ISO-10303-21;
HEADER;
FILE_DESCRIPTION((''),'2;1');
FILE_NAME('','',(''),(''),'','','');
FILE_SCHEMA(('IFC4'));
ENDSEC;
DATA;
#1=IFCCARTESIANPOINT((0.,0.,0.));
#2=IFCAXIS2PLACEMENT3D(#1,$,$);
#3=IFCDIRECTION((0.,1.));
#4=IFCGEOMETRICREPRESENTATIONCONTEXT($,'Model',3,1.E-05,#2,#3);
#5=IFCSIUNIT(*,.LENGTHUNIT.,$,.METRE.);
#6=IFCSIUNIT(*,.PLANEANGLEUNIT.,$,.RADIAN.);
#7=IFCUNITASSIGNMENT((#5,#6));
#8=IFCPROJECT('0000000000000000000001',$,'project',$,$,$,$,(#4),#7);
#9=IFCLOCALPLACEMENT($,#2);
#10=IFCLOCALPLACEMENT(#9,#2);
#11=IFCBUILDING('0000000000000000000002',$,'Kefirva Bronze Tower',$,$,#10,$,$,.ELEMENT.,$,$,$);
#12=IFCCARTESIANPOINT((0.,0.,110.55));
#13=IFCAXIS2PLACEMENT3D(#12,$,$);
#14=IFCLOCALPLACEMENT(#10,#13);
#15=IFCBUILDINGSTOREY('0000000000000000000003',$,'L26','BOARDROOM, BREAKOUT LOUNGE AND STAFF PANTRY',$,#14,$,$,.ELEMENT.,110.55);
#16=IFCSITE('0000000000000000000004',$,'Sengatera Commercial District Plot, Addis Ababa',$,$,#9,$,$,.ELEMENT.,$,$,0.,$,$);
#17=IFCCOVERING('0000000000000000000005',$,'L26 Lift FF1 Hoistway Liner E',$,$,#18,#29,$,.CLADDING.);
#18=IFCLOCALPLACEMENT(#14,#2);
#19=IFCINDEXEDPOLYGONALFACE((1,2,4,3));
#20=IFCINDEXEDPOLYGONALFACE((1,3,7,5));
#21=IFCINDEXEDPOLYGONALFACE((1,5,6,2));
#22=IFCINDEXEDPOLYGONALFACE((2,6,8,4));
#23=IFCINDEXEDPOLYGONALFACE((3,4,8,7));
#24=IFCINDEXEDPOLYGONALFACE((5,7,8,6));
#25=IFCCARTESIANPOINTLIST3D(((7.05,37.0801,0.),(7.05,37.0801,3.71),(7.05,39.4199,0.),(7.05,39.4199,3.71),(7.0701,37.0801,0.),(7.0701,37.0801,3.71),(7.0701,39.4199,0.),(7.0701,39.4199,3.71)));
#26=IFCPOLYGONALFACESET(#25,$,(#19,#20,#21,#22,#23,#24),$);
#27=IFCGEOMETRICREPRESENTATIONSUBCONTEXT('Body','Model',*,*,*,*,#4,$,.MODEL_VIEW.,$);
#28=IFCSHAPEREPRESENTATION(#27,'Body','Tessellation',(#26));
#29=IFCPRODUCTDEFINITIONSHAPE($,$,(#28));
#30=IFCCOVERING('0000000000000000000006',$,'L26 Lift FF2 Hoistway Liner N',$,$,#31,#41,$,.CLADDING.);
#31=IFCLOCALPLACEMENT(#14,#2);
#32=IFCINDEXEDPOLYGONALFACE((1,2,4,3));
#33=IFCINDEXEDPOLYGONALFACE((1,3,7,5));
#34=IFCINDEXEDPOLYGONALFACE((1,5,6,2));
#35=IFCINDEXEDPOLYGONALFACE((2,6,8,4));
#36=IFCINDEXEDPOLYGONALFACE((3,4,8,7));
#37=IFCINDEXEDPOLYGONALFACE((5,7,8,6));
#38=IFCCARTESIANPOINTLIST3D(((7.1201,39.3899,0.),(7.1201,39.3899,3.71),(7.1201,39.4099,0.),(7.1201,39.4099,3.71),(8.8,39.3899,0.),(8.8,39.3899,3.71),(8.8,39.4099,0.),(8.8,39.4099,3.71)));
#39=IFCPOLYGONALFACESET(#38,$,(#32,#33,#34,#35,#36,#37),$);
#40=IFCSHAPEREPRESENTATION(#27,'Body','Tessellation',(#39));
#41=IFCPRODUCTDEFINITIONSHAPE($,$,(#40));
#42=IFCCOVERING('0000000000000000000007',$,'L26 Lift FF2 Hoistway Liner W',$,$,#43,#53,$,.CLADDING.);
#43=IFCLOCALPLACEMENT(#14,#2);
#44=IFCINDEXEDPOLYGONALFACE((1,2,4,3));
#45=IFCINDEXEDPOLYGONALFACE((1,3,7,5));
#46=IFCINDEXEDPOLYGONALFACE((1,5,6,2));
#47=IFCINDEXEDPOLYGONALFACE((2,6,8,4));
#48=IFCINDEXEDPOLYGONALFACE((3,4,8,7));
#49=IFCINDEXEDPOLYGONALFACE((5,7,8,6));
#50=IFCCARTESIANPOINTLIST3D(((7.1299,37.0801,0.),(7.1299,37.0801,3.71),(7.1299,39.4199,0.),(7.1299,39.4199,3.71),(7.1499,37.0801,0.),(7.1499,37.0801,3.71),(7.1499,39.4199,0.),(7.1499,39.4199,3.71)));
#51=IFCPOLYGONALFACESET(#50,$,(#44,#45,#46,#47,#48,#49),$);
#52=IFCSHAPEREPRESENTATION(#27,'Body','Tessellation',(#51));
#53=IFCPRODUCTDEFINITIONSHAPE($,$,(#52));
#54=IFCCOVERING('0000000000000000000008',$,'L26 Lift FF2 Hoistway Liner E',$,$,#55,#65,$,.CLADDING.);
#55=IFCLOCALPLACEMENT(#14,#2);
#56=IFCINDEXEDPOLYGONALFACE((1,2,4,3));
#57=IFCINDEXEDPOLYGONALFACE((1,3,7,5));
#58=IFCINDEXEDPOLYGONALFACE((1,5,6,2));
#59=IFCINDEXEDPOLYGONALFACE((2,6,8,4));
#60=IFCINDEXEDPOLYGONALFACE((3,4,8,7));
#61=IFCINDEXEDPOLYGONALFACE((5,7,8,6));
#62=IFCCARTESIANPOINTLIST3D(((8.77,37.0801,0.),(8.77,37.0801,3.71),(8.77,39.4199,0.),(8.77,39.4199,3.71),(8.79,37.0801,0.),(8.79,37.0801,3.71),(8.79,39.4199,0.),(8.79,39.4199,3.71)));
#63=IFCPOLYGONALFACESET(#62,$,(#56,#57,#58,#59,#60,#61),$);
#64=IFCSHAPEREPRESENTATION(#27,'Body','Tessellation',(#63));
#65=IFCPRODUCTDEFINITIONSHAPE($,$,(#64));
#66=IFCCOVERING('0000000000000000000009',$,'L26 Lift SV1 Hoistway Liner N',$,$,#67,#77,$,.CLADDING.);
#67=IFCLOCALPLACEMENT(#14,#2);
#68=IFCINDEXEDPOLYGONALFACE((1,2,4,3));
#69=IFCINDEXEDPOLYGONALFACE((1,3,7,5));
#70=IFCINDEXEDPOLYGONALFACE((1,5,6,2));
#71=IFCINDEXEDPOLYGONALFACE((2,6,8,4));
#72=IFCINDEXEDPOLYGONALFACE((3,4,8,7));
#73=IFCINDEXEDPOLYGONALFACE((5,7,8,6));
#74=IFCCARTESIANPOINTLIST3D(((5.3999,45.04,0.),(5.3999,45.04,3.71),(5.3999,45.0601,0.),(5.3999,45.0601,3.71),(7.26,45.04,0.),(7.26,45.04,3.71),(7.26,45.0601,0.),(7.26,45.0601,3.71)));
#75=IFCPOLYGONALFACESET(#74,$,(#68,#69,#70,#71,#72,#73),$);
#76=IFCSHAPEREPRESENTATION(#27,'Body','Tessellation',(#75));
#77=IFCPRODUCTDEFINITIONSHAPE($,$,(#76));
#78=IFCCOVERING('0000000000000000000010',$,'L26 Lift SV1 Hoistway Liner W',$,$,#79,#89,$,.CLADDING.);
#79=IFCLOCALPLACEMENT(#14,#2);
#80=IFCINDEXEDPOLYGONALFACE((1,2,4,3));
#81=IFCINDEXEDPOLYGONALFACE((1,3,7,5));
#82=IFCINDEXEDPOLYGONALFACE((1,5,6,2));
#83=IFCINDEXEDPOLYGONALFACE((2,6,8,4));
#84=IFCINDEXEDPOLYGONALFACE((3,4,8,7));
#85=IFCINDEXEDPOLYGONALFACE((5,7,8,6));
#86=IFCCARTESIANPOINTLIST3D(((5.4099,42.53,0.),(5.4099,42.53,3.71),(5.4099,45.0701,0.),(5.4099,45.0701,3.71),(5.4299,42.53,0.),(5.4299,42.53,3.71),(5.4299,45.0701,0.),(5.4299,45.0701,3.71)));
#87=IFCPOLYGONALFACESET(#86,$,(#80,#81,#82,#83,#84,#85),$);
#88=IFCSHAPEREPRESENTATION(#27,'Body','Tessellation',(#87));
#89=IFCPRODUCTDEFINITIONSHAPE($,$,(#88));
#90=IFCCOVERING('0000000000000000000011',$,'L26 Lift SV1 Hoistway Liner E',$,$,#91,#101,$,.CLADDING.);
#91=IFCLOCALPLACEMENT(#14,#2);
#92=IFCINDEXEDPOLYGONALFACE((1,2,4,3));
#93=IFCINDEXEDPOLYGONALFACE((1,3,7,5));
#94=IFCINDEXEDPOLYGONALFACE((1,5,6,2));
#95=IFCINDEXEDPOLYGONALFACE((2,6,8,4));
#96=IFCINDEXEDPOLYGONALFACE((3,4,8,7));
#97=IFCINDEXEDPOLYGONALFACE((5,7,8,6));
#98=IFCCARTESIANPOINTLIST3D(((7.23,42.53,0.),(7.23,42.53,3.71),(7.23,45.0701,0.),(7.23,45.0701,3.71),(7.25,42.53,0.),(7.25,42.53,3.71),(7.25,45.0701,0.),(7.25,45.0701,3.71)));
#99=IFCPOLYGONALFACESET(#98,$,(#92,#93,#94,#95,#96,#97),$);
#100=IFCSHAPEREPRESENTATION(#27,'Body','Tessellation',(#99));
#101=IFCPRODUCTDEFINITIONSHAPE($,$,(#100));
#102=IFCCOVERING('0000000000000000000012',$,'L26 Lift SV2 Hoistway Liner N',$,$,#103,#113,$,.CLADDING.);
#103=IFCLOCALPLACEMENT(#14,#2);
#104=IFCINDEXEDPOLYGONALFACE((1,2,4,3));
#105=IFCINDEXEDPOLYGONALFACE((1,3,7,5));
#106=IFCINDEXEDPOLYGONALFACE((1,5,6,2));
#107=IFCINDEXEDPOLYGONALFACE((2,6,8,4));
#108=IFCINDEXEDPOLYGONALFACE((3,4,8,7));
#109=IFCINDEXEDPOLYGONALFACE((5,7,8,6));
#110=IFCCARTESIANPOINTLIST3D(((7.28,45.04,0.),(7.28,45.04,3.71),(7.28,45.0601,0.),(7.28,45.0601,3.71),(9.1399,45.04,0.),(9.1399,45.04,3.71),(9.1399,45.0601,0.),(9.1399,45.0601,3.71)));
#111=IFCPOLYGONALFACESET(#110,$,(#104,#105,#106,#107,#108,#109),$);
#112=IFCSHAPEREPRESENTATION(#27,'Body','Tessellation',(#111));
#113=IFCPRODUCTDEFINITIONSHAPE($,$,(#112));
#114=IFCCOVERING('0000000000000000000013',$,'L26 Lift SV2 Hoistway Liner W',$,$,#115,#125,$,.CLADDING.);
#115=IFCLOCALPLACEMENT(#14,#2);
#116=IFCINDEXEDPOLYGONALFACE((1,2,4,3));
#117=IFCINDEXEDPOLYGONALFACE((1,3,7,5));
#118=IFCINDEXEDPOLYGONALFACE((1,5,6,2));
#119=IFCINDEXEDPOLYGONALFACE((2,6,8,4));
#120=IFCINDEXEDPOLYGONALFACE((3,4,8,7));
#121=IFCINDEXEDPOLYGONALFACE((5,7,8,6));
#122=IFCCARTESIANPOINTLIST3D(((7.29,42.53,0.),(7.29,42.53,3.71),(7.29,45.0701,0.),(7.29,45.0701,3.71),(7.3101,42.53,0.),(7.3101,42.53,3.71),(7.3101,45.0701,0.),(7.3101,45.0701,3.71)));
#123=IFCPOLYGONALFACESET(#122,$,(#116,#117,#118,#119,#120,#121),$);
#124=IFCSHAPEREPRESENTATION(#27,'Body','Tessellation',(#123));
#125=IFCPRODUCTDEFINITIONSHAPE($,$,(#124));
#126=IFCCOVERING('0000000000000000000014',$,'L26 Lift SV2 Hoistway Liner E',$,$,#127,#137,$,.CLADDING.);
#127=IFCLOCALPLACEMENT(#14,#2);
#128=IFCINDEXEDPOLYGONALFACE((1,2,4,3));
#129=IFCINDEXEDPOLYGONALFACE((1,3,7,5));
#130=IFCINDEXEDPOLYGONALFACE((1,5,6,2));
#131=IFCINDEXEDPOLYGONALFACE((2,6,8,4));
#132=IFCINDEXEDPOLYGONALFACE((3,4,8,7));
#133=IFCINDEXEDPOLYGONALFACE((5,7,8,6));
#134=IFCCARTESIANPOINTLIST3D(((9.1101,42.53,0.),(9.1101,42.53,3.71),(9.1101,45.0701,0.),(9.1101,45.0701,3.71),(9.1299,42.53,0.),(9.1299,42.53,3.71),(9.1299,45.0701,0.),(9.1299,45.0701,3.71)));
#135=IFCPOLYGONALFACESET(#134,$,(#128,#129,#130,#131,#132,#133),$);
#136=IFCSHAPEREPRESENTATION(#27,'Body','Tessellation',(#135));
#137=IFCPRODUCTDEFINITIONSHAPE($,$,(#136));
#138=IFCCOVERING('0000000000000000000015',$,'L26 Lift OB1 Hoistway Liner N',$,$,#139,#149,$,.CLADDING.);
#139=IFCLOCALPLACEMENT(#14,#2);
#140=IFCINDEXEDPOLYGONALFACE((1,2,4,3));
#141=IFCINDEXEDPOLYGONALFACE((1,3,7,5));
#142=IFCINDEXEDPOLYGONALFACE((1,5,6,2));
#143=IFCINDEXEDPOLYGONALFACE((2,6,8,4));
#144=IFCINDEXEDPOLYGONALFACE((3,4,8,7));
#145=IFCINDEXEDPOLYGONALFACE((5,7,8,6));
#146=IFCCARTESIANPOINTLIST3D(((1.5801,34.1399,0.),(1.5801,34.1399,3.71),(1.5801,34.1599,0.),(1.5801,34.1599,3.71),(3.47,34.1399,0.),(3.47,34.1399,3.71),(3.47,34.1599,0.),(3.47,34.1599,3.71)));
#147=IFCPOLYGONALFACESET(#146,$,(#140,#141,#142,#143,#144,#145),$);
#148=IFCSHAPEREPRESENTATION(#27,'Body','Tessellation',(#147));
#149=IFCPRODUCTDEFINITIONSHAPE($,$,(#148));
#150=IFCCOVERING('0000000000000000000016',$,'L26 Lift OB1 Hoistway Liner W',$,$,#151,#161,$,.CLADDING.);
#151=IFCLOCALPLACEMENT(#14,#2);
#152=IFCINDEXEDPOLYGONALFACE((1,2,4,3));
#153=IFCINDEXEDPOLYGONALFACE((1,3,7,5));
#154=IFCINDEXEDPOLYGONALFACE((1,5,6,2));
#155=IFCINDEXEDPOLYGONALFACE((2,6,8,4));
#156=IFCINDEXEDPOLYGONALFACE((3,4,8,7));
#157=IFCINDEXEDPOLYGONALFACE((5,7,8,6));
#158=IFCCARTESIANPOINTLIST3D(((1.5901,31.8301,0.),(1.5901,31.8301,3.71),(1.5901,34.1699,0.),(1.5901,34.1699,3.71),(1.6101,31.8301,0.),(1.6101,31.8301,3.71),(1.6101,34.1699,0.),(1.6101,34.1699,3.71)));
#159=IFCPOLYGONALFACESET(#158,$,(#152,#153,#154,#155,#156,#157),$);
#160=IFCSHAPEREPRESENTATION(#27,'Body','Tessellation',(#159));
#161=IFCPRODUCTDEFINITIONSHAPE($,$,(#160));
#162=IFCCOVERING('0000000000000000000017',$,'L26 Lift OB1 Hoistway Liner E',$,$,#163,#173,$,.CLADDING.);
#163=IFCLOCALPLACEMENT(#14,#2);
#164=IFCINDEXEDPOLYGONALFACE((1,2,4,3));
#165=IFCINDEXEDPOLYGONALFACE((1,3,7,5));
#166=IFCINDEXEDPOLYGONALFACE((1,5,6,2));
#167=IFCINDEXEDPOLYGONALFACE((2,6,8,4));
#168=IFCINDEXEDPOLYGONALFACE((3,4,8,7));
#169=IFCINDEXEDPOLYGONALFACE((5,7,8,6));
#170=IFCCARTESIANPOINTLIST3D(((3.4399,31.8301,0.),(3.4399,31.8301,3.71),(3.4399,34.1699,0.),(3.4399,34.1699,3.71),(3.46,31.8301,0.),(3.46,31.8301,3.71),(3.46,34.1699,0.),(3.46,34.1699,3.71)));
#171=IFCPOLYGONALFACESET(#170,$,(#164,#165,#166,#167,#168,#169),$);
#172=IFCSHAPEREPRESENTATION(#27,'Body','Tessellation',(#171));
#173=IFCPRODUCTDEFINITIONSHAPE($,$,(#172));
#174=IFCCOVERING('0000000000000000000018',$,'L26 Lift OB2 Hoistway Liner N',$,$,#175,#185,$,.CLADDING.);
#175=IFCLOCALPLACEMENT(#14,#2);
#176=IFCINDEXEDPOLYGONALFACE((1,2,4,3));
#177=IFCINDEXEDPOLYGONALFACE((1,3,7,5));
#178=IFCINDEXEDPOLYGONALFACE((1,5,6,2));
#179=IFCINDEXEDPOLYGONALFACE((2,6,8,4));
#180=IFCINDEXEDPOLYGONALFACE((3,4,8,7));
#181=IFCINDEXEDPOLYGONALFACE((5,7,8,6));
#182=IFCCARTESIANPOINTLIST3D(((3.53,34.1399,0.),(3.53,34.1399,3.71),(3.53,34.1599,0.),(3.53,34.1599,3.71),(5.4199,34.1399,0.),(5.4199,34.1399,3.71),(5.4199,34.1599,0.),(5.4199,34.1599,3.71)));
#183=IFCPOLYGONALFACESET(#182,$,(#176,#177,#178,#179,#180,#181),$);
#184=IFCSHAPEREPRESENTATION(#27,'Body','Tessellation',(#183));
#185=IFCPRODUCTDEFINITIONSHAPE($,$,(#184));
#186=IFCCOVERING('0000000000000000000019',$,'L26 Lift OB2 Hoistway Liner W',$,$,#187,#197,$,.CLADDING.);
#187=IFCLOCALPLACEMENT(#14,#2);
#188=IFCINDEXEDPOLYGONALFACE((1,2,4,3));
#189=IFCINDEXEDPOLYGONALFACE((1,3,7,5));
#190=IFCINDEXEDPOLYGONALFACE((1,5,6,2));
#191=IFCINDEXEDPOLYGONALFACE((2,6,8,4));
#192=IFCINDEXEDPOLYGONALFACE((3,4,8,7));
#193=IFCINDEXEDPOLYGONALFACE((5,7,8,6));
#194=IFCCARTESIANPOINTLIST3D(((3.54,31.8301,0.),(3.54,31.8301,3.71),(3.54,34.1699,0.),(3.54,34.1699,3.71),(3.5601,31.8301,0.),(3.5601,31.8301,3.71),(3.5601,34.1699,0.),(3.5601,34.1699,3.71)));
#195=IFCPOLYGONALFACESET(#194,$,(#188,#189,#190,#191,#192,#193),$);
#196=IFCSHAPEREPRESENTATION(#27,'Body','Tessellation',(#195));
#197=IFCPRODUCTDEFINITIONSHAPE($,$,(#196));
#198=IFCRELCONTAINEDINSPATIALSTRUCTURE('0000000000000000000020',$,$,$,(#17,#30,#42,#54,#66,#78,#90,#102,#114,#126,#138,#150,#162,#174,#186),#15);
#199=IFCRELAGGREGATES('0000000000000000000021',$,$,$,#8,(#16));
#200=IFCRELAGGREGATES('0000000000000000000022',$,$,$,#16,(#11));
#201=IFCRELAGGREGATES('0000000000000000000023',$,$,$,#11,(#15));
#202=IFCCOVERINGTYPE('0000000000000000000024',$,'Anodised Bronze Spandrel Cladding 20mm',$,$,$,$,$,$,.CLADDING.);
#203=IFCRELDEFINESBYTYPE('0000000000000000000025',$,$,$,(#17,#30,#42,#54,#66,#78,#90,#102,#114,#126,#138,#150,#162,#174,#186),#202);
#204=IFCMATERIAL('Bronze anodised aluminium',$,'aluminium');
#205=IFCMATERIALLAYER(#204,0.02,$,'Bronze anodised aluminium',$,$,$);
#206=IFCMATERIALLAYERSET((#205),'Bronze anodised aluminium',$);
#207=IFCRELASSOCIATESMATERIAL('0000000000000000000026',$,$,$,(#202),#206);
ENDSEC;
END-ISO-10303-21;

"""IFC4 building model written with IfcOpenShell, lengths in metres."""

from ifc_helpers import new_model, si_unit, direction, frame, origin, place, context, subcontext, project, spatial, polyline, outline, extrude, material, layer, layer_set, type_object, element, save


model = new_model("IFC4")

# Units and contexts
model_context = context("Model", 3, precision=1e-05, world=origin(), true_north=direction((0.0, 1.0)))
body_context = subcontext(model_context, "Body", "Model", "MODEL_VIEW")
ifc_project = project(units=[si_unit("LENGTHUNIT", "METRE"), si_unit("PLANEANGLEUNIT", "RADIAN")], contexts=[model_context])

# Site, building, storey
site_placement = place(None, origin())
site = spatial("IfcSite", under=ifc_project, at=site_placement, Name="Sengatera Commercial District Plot, Addis Ababa", CompositionType="ELEMENT", RefElevation=0.0)
building_placement = place(site_placement, origin())
building = spatial("IfcBuilding", under=site, at=building_placement, Name="Kefirva Bronze Tower", CompositionType="ELEMENT")
storey_placement = place(building_placement, frame((0.0, 0.0, 110.55)))
storey = spatial("IfcBuildingStorey", under=building, at=storey_placement, Name="L26", Description="BOARDROOM, BREAKOUT LOUNGE AND STAFF PANTRY", CompositionType="ELEMENT", Elevation=110.55)

# Coverings
ifc_material_1 = material(Name="Bronze anodised aluminium", Category="aluminium")
ifc_layer_1 = layer(ifc_material_1, 0.02, Name="Bronze anodised aluminium")
ifc_layer_set_1 = layer_set([ifc_layer_1], Name="Bronze anodised aluminium")
covering_type_1 = type_object("IfcCoveringType", Name="Anodised Bronze Spandrel Cladding 20mm", PredefinedType="CLADDING", material=ifc_layer_set_1)
covering_1_placement = place(storey_placement, origin())
element("IfcCovering", 1, at=covering_1_placement, inside=storey, type_object=covering_type_1, Name="L26 Lift FF1 Hoistway Liner E", PredefinedType="CLADDING", context=body_context, shape_type="SweptSolid", body=[
    extrude(outline(polyline([(7.05, 37.0801), (7.0701, 37.0801), (7.0701, 39.4199), (7.05, 39.4199), (7.05, 37.0801)])), origin(), (0.0, 0.0, 1.0), 3.71),
])
covering_2_placement = place(storey_placement, origin())
element("IfcCovering", 2, at=covering_2_placement, inside=storey, type_object=covering_type_1, Name="L26 Lift FF2 Hoistway Liner N", PredefinedType="CLADDING", context=body_context, shape_type="SweptSolid", body=[
    extrude(outline(polyline([(7.1201, 39.3899), (8.8, 39.3899), (8.8, 39.4099), (7.1201, 39.4099), (7.1201, 39.3899)])), origin(), (0.0, 0.0, 1.0), 3.71),
])
covering_3_placement = place(storey_placement, origin())
element("IfcCovering", 3, at=covering_3_placement, inside=storey, type_object=covering_type_1, Name="L26 Lift FF2 Hoistway Liner W", PredefinedType="CLADDING", context=body_context, shape_type="SweptSolid", body=[
    extrude(outline(polyline([(7.1299, 37.0801), (7.1499, 37.0801), (7.1499, 39.4199), (7.1299, 39.4199), (7.1299, 37.0801)])), origin(), (0.0, 0.0, 1.0), 3.71),
])
covering_4_placement = place(storey_placement, origin())
element("IfcCovering", 4, at=covering_4_placement, inside=storey, type_object=covering_type_1, Name="L26 Lift FF2 Hoistway Liner E", PredefinedType="CLADDING", context=body_context, shape_type="SweptSolid", body=[
    extrude(outline(polyline([(8.77, 37.0801), (8.79, 37.0801), (8.79, 39.4199), (8.77, 39.4199), (8.77, 37.0801)])), origin(), (0.0, 0.0, 1.0), 3.71),
])
covering_5_placement = place(storey_placement, origin())
element("IfcCovering", 5, at=covering_5_placement, inside=storey, type_object=covering_type_1, Name="L26 Lift SV1 Hoistway Liner N", PredefinedType="CLADDING", context=body_context, shape_type="SweptSolid", body=[
    extrude(outline(polyline([(5.3999, 45.04), (7.26, 45.04), (7.26, 45.0601), (5.3999, 45.0601), (5.3999, 45.04)])), origin(), (0.0, 0.0, 1.0), 3.71),
])
covering_6_placement = place(storey_placement, origin())
element("IfcCovering", 6, at=covering_6_placement, inside=storey, type_object=covering_type_1, Name="L26 Lift SV1 Hoistway Liner W", PredefinedType="CLADDING", context=body_context, shape_type="SweptSolid", body=[
    extrude(outline(polyline([(5.4099, 42.53), (5.4299, 42.53), (5.4299, 45.0701), (5.4099, 45.0701), (5.4099, 42.53)])), origin(), (0.0, 0.0, 1.0), 3.71),
])
covering_7_placement = place(storey_placement, origin())
element("IfcCovering", 7, at=covering_7_placement, inside=storey, type_object=covering_type_1, Name="L26 Lift SV1 Hoistway Liner E", PredefinedType="CLADDING", context=body_context, shape_type="SweptSolid", body=[
    extrude(outline(polyline([(7.23, 42.53), (7.25, 42.53), (7.25, 45.0701), (7.23, 45.0701), (7.23, 42.53)])), origin(), (0.0, 0.0, 1.0), 3.71),
])
covering_8_placement = place(storey_placement, origin())
element("IfcCovering", 8, at=covering_8_placement, inside=storey, type_object=covering_type_1, Name="L26 Lift SV2 Hoistway Liner N", PredefinedType="CLADDING", context=body_context, shape_type="SweptSolid", body=[
    extrude(outline(polyline([(7.28, 45.04), (9.1399, 45.04), (9.1399, 45.0601), (7.28, 45.0601), (7.28, 45.04)])), origin(), (0.0, 0.0, 1.0), 3.71),
])
covering_9_placement = place(storey_placement, origin())
element("IfcCovering", 9, at=covering_9_placement, inside=storey, type_object=covering_type_1, Name="L26 Lift SV2 Hoistway Liner W", PredefinedType="CLADDING", context=body_context, shape_type="SweptSolid", body=[
    extrude(outline(polyline([(7.29, 42.53), (7.3101, 42.53), (7.3101, 45.0701), (7.29, 45.0701), (7.29, 42.53)])), origin(), (0.0, 0.0, 1.0), 3.71),
])
covering_10_placement = place(storey_placement, origin())
element("IfcCovering", 10, at=covering_10_placement, inside=storey, type_object=covering_type_1, Name="L26 Lift SV2 Hoistway Liner E", PredefinedType="CLADDING", context=body_context, shape_type="SweptSolid", body=[
    extrude(outline(polyline([(9.1101, 42.53), (9.1299, 42.53), (9.1299, 45.0701), (9.1101, 45.0701), (9.1101, 42.53)])), origin(), (0.0, 0.0, 1.0), 3.71),
])
covering_11_placement = place(storey_placement, origin())
element("IfcCovering", 11, at=covering_11_placement, inside=storey, type_object=covering_type_1, Name="L26 Lift OB1 Hoistway Liner N", PredefinedType="CLADDING", context=body_context, shape_type="SweptSolid", body=[
    extrude(outline(polyline([(1.5801, 34.1399), (3.47, 34.1399), (3.47, 34.1599), (1.5801, 34.1599), (1.5801, 34.1399)])), origin(), (0.0, 0.0, 1.0), 3.71),
])
covering_12_placement = place(storey_placement, origin())
element("IfcCovering", 12, at=covering_12_placement, inside=storey, type_object=covering_type_1, Name="L26 Lift OB1 Hoistway Liner W", PredefinedType="CLADDING", context=body_context, shape_type="SweptSolid", body=[
    extrude(outline(polyline([(1.5901, 31.8301), (1.6101, 31.8301), (1.6101, 34.1699), (1.5901, 34.1699), (1.5901, 31.8301)])), origin(), (0.0, 0.0, 1.0), 3.71),
])
covering_13_placement = place(storey_placement, origin())
element("IfcCovering", 13, at=covering_13_placement, inside=storey, type_object=covering_type_1, Name="L26 Lift OB1 Hoistway Liner E", PredefinedType="CLADDING", context=body_context, shape_type="SweptSolid", body=[
    extrude(outline(polyline([(3.4399, 31.8301), (3.46, 31.8301), (3.46, 34.1699), (3.4399, 34.1699), (3.4399, 31.8301)])), origin(), (0.0, 0.0, 1.0), 3.71),
])
covering_14_placement = place(storey_placement, origin())
element("IfcCovering", 14, at=covering_14_placement, inside=storey, type_object=covering_type_1, Name="L26 Lift OB2 Hoistway Liner N", PredefinedType="CLADDING", context=body_context, shape_type="SweptSolid", body=[
    extrude(outline(polyline([(3.53, 34.1399), (5.4199, 34.1399), (5.4199, 34.1599), (3.53, 34.1599), (3.53, 34.1399)])), origin(), (0.0, 0.0, 1.0), 3.71),
])
covering_15_placement = place(storey_placement, origin())
element("IfcCovering", 15, at=covering_15_placement, inside=storey, type_object=covering_type_1, Name="L26 Lift OB2 Hoistway Liner W", PredefinedType="CLADDING", context=body_context, shape_type="SweptSolid", body=[
    extrude(outline(polyline([(3.54, 31.8301), (3.5601, 31.8301), (3.5601, 34.1699), (3.54, 34.1699), (3.54, 31.8301)])), origin(), (0.0, 0.0, 1.0), 3.71),
])

save(model, "model.ifc")
